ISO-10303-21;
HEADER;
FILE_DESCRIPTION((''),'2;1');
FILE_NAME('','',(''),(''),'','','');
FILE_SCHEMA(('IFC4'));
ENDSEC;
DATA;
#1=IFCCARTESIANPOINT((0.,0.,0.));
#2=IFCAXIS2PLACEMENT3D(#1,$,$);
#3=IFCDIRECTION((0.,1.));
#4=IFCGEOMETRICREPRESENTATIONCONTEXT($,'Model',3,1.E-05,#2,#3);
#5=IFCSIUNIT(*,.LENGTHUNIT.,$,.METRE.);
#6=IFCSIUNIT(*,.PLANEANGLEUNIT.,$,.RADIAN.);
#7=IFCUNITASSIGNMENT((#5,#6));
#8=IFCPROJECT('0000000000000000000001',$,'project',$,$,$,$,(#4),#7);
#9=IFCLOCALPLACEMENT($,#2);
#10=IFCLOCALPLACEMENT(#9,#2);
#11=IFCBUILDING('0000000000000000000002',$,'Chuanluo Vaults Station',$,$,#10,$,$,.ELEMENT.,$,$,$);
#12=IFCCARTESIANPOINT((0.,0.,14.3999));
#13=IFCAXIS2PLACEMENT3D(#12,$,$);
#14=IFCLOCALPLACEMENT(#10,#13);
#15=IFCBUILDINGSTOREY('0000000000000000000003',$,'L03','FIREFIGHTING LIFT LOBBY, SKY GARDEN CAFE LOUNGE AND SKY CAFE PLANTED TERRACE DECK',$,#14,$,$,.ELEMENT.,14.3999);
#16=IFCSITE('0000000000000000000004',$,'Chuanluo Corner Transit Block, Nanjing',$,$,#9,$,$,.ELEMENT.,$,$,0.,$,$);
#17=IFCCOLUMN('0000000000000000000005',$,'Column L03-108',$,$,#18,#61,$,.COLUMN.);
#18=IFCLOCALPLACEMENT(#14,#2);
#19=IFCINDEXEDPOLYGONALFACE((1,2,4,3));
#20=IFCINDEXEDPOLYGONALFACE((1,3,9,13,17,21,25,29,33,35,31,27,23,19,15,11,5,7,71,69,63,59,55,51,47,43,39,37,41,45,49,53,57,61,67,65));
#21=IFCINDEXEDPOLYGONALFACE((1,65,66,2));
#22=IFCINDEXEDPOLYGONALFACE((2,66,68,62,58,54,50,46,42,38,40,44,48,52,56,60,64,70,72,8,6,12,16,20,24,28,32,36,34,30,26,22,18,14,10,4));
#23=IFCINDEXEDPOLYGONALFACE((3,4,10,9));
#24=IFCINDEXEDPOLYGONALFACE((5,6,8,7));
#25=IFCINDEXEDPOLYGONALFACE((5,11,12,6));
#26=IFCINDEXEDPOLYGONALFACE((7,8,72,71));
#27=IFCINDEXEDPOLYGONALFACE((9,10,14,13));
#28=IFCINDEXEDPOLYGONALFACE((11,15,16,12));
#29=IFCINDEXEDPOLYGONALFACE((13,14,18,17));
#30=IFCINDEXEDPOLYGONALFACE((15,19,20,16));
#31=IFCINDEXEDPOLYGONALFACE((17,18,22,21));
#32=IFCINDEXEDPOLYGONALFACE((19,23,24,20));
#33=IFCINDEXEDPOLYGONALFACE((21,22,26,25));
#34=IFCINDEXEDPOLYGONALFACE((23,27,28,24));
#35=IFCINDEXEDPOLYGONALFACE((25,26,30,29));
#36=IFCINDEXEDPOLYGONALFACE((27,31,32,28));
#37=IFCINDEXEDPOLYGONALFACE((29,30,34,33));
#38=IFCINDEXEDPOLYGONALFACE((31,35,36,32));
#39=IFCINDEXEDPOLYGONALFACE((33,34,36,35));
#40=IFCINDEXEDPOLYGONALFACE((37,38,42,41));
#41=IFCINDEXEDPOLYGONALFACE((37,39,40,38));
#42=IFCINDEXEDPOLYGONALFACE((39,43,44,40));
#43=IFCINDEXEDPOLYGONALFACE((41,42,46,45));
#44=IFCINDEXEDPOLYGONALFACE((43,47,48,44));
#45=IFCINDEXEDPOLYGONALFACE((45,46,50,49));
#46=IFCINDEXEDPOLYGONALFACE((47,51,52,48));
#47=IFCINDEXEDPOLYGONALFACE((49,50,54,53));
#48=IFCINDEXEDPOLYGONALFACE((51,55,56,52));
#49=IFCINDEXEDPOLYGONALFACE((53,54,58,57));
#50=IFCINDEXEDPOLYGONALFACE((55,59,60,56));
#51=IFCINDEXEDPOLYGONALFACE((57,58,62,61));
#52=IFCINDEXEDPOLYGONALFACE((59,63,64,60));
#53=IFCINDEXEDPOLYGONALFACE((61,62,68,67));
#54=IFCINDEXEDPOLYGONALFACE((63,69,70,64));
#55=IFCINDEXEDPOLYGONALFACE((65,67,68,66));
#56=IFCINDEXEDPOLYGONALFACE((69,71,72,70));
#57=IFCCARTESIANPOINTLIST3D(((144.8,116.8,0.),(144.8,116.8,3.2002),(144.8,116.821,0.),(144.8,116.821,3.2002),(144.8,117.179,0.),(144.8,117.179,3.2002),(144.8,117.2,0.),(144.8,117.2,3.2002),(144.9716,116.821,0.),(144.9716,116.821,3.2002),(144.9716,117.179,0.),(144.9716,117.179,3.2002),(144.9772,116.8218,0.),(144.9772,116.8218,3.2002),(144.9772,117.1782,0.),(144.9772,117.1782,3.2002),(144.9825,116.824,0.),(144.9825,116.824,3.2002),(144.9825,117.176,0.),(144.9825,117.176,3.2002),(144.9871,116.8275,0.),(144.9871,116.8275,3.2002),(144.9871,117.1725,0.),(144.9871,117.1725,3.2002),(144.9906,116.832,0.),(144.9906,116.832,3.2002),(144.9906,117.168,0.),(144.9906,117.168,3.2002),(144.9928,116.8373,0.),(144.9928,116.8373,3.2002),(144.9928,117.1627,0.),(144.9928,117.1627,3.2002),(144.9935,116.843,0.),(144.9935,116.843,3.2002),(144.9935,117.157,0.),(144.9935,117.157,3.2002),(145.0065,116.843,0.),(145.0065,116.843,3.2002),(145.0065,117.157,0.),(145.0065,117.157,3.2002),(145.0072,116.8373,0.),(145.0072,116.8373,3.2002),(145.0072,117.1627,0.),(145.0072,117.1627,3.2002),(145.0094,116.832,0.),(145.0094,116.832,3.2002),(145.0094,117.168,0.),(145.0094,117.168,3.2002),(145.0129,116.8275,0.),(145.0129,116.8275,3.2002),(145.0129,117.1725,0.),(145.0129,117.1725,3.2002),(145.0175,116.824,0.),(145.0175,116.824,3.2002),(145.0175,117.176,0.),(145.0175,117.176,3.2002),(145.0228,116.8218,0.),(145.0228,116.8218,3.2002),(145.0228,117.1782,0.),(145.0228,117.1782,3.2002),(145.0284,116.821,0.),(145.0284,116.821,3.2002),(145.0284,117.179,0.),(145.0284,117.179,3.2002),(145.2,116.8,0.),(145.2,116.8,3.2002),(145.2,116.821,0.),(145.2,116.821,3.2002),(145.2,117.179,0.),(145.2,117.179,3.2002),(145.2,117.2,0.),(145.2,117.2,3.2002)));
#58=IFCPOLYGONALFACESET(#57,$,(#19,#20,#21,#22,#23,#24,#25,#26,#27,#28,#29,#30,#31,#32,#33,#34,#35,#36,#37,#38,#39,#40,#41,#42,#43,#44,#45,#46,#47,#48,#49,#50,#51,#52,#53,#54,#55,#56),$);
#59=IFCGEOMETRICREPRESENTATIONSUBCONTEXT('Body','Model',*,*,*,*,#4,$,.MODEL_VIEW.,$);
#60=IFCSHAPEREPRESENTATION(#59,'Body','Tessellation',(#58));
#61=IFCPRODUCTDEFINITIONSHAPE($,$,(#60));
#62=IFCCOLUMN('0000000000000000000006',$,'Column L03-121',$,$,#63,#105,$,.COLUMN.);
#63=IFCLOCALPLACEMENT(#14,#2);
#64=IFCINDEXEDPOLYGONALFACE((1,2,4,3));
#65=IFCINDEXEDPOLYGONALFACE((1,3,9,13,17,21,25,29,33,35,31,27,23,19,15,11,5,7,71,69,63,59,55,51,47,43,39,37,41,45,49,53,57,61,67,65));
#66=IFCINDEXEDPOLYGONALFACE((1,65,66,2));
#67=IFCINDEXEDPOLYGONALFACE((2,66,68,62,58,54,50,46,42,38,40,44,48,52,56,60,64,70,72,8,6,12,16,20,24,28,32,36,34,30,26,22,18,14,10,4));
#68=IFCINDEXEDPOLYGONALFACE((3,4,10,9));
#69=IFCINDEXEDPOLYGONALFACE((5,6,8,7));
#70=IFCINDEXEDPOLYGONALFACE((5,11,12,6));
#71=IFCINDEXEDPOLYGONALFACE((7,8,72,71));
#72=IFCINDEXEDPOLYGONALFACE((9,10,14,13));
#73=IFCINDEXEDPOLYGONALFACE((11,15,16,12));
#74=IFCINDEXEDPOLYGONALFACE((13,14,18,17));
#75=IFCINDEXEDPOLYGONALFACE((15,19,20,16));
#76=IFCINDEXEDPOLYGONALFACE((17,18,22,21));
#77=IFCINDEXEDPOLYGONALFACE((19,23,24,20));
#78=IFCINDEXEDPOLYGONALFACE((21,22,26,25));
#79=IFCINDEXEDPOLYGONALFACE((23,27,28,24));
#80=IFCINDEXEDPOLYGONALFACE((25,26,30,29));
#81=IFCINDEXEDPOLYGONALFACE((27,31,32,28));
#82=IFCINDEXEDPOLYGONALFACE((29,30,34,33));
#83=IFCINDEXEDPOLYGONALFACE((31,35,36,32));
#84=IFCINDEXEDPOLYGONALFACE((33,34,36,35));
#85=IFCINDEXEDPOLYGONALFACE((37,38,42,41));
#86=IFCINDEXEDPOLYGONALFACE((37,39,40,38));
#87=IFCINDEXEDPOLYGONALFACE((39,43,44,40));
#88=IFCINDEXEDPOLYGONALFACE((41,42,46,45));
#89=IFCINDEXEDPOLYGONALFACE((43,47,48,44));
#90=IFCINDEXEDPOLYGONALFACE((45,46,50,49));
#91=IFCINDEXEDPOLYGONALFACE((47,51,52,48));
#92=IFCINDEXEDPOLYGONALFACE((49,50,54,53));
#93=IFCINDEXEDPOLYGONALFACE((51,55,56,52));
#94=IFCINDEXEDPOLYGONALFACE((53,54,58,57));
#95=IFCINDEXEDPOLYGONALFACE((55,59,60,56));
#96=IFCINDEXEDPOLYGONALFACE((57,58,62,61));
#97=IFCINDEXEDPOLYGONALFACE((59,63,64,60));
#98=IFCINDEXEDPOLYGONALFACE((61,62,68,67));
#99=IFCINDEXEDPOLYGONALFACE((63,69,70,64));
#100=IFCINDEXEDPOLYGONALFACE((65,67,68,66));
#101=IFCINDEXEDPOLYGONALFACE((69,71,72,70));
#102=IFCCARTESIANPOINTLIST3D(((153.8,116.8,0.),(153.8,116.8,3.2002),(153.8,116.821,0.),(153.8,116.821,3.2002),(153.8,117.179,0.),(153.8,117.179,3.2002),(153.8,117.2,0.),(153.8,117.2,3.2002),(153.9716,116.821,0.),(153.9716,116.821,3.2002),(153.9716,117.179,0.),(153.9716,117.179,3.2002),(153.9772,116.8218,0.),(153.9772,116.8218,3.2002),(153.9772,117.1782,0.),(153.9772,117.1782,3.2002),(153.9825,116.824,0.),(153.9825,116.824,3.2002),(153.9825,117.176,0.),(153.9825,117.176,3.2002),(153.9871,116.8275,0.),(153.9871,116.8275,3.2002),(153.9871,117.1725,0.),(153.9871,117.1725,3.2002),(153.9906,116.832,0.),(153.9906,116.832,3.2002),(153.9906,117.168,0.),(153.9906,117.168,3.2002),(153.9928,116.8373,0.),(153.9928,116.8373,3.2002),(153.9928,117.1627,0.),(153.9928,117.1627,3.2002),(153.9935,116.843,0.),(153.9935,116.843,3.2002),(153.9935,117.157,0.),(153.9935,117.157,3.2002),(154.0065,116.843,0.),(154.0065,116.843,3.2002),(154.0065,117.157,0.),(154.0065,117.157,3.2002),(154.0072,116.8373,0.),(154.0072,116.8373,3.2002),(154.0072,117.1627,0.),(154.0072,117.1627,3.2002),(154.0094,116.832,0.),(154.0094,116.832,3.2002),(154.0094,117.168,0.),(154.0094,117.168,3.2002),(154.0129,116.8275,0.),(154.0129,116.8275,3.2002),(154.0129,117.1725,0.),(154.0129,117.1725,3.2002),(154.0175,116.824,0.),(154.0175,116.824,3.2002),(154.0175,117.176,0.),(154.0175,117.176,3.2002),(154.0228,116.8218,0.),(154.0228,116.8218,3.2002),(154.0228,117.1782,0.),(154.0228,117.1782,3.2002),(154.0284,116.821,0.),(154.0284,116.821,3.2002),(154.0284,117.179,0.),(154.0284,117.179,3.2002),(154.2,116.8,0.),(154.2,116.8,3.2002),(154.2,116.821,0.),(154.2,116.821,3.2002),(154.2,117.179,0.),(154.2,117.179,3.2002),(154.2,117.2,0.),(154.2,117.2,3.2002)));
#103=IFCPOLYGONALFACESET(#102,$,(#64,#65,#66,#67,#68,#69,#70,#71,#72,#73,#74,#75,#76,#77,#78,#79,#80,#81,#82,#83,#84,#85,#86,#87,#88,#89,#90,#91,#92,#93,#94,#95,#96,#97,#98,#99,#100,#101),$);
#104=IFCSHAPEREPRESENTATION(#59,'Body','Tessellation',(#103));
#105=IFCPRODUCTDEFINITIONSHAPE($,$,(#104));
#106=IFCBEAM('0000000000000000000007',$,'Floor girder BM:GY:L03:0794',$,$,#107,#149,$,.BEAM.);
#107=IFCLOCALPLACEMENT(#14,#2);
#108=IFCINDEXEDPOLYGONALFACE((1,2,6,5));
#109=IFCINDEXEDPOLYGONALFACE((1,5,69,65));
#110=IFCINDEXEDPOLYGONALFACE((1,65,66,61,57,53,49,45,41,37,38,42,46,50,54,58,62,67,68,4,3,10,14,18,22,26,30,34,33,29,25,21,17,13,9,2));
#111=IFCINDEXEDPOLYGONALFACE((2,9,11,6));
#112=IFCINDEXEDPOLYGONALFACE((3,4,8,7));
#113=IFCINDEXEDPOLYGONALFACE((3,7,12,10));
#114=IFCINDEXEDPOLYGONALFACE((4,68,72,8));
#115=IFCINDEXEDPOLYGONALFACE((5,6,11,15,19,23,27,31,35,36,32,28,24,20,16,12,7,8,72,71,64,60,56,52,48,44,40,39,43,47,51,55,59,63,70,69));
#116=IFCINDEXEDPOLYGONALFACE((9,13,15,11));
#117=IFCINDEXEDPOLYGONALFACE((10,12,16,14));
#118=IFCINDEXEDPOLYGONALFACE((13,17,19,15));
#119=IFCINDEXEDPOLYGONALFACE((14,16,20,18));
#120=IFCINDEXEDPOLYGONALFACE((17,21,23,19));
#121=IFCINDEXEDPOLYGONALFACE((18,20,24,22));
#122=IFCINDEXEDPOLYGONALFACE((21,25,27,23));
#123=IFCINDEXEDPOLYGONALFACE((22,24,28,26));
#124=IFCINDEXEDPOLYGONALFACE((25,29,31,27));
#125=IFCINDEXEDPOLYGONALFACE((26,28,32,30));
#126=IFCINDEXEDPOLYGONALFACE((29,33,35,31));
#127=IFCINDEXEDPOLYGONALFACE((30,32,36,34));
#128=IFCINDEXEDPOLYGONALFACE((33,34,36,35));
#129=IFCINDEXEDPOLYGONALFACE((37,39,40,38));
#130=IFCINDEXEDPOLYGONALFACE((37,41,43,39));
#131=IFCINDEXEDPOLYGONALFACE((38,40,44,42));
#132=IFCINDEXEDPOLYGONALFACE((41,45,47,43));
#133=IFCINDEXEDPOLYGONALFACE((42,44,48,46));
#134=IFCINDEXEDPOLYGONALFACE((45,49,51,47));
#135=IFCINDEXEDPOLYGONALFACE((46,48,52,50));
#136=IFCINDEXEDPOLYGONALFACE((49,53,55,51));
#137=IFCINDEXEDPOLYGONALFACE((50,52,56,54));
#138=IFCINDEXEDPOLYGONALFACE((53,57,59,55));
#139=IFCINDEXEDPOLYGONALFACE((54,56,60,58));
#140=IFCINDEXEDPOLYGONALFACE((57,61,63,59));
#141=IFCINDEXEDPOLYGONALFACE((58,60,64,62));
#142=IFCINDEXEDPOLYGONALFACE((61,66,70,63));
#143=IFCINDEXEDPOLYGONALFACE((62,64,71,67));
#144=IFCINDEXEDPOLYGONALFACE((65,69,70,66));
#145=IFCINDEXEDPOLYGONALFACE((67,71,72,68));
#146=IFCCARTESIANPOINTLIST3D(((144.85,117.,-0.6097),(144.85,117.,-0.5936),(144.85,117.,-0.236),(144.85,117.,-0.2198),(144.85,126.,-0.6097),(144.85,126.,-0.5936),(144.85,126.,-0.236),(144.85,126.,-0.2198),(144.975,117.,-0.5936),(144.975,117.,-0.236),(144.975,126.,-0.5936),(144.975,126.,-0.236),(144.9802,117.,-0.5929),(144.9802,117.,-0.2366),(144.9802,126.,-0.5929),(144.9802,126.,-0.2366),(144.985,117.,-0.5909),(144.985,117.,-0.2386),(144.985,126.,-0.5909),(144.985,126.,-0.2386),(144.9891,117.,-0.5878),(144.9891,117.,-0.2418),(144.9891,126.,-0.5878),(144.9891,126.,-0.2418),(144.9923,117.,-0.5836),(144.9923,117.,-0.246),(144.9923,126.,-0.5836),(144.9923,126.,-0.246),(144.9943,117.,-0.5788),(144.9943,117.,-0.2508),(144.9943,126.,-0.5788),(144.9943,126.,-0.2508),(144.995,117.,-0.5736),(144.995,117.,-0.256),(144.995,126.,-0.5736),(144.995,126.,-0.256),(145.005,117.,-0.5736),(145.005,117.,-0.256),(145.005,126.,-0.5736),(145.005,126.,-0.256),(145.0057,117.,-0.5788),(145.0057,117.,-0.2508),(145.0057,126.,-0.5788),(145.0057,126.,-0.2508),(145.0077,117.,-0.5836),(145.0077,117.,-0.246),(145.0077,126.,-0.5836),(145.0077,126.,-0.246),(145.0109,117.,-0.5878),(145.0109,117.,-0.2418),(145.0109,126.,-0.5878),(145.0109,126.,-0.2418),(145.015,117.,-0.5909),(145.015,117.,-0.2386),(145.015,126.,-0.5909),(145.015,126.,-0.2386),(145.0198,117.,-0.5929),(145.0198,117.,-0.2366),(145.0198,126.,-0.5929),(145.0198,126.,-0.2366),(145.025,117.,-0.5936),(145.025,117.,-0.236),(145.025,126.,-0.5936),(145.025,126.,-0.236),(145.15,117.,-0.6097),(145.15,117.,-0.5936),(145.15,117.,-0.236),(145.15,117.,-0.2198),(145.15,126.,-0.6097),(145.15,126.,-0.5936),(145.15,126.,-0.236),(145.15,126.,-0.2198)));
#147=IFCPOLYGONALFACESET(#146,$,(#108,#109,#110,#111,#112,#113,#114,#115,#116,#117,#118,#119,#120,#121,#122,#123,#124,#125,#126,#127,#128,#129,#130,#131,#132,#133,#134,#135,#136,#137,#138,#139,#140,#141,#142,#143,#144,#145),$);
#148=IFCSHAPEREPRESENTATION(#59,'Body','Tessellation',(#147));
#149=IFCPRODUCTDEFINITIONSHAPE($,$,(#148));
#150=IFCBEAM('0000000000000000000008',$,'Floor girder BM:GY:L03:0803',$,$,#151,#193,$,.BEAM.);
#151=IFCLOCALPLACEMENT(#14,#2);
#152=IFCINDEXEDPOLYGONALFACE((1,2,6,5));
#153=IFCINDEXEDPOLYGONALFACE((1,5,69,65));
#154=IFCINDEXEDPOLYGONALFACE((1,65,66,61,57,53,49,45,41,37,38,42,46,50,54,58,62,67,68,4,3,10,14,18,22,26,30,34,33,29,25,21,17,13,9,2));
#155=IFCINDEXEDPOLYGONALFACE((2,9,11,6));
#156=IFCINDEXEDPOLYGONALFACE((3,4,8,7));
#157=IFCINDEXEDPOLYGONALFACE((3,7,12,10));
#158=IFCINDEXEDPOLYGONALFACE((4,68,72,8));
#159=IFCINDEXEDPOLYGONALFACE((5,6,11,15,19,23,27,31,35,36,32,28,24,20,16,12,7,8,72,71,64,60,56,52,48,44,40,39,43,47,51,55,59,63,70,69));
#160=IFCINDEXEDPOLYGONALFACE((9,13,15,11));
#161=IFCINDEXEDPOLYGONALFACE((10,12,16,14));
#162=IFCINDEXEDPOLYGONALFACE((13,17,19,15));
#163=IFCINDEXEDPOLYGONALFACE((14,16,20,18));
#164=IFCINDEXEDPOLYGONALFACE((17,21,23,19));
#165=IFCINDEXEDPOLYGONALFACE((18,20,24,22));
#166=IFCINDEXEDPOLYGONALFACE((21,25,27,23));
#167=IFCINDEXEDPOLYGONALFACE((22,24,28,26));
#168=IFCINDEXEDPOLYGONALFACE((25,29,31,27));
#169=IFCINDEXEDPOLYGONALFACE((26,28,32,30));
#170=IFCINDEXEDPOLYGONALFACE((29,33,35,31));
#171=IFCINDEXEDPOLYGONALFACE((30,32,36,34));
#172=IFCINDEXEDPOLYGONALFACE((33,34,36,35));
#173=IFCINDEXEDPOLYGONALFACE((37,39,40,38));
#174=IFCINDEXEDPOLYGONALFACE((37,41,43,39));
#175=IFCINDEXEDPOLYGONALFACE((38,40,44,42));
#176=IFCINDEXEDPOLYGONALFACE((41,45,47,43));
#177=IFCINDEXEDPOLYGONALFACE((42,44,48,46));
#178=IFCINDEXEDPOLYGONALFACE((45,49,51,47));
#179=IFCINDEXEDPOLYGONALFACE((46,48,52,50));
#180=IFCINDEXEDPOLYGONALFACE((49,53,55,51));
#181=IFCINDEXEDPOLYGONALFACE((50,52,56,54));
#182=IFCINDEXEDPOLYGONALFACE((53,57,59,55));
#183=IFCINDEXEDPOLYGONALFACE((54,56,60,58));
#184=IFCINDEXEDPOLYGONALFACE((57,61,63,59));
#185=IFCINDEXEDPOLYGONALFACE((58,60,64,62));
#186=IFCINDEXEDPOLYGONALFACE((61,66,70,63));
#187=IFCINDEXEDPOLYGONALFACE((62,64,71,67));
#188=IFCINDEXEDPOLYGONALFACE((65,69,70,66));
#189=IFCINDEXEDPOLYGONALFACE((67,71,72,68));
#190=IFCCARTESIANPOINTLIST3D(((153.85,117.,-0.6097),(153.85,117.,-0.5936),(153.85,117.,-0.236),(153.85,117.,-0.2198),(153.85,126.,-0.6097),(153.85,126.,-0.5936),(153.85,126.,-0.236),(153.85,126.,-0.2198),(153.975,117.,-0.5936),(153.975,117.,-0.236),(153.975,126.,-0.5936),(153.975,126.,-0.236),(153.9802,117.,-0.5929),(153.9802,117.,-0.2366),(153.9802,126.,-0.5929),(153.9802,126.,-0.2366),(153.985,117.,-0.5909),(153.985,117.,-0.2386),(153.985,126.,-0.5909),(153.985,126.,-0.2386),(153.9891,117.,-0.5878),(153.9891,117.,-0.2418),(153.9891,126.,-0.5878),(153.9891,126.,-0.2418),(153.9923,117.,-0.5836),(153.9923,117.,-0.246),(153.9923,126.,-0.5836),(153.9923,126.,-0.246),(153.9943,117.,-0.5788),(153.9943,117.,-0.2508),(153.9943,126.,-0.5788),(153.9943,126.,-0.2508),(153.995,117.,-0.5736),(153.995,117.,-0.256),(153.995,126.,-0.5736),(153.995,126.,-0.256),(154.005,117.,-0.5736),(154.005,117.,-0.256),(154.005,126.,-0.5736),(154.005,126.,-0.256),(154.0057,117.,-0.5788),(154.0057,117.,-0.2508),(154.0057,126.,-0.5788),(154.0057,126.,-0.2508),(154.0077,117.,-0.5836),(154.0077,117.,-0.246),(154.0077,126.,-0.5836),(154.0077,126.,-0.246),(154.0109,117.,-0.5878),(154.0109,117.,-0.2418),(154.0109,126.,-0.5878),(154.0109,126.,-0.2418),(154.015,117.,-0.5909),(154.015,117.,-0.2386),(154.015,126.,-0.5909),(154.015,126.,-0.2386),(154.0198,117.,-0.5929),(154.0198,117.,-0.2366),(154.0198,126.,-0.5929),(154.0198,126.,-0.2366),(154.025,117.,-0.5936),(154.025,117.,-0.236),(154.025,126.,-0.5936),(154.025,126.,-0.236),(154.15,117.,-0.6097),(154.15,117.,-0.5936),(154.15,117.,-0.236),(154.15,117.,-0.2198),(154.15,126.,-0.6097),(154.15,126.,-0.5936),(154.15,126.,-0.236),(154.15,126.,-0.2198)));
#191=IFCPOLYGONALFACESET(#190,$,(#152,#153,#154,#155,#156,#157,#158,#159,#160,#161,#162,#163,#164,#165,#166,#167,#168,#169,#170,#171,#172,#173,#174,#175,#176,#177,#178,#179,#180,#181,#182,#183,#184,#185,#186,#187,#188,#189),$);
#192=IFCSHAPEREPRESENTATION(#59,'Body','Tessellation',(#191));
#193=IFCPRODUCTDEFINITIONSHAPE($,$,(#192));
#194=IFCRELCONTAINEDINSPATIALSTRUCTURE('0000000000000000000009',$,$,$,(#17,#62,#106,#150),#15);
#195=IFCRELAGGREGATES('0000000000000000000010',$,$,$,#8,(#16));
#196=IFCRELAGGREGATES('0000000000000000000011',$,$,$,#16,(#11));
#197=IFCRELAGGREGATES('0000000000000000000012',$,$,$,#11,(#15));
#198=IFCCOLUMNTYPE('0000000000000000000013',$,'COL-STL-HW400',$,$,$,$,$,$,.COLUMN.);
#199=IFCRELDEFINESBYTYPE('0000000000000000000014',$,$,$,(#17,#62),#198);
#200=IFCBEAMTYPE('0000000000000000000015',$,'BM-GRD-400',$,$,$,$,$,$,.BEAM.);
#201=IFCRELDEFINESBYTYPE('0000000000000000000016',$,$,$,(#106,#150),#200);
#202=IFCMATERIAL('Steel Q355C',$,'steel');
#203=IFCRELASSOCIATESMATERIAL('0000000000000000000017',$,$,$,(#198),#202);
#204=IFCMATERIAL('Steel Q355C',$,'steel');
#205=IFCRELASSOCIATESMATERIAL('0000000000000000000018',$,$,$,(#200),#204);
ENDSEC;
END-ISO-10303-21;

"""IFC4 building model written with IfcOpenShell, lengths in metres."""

from ifc_helpers import new_model, si_unit, direction, frame, origin, origin_2d, place, context, subcontext, project, spatial, i_section, extrude, material, material_profile, profile_set, type_object, element, save


model = new_model("IFC4")

# Units and contexts
model_context = context("Model", 3, precision=1e-05, world=origin(), true_north=direction((0.0, 1.0)))
body_context = subcontext(model_context, "Body", "Model", "MODEL_VIEW")
ifc_project = project(units=[si_unit("LENGTHUNIT", "METRE"), si_unit("PLANEANGLEUNIT", "RADIAN")], contexts=[model_context])

# Site, building, storey
site_placement = place(None, origin())
site = spatial("IfcSite", under=ifc_project, at=site_placement, Name="Chuanluo Corner Transit Block, Nanjing", CompositionType="ELEMENT", RefElevation=0.0)
building_placement = place(site_placement, origin())
building = spatial("IfcBuilding", under=site, at=building_placement, Name="Chuanluo Vaults Station", CompositionType="ELEMENT")
storey_placement = place(building_placement, frame((0.0, 0.0, 14.3999)))
storey = spatial("IfcBuildingStorey", under=building, at=storey_placement, Name="L03", Description="FIREFIGHTING LIFT LOBBY, SKY GARDEN CAFE LOUNGE AND SKY CAFE PLANTED TERRACE DECK", CompositionType="ELEMENT", Elevation=14.3999)

# Columns
ifc_material_1 = material(Name="Steel Q355C", Category="steel")
ifc_material_profile_1 = material_profile(ifc_material_1, i_section(OverallWidth=0.3999, OverallDepth=0.3999, WebThickness=0.0129, FlangeThickness=0.021, FilletRadius=0.022, at=origin_2d()))
ifc_profile_set_1 = profile_set([ifc_material_profile_1], Name="Steel Q355C")
column_type = type_object("IfcColumnType", Name="COL-STL-HW400", PredefinedType="COLUMN", material=ifc_profile_set_1)
for number, where, z_axis, x_axis, name in (
    (1, (145.0, 117.0, 0.0), (0.0, 0.0, 1.0), (1.0, 0.0, 0.0), "Column L03-108"),
    (2, (154.0, 117.0, 0.0), (0.0, 0.0, 1.0), (1.0, 0.0, 0.0), "Column L03-121"),
):
    element("IfcColumn", number, at=place(storey_placement, frame(where, z_axis=z_axis, x_axis=x_axis)), inside=storey, type_object=column_type, Name=name, PredefinedType="COLUMN", context=body_context, shape_type="SweptSolid", body=[
        extrude(i_section(OverallWidth=0.3999, OverallDepth=0.3999, WebThickness=0.0129, FlangeThickness=0.021, FilletRadius=0.022, at=origin_2d()), origin(), (0.0, 0.0, 1.0), 3.2002),
    ])

# Beams
ifc_material_2 = material(Name="Steel Q355C", Category="steel")
ifc_material_profile_2 = material_profile(ifc_material_2, i_section(OverallWidth=0.3, OverallDepth=0.3899, WebThickness=0.01, FlangeThickness=0.0161, FilletRadius=0.02, at=origin_2d()))
ifc_profile_set_2 = profile_set([ifc_material_profile_2], Name="Steel Q355C")
beam_type_1 = type_object("IfcBeamType", Name="BM-GRD-400", PredefinedType="BEAM", material=ifc_profile_set_2)
for number, where, z_axis, x_axis, name in (
    (3, (145.0, 117.0, -0.4148), (0.0, 1.0, 0.0), (-1.0, 0.0, 0.0), "Floor girder BM:GY:L03:0794"),
    (4, (154.0, 117.0, -0.4148), (0.0, 1.0, 0.0), (-1.0, 0.0, 0.0), "Floor girder BM:GY:L03:0803"),
):
    element("IfcBeam", number, at=place(storey_placement, frame(where, z_axis=z_axis, x_axis=x_axis)), inside=storey, type_object=beam_type_1, Name=name, PredefinedType="BEAM", context=body_context, shape_type="SweptSolid", body=[
        extrude(i_section(OverallWidth=0.3, OverallDepth=0.3899, WebThickness=0.01, FlangeThickness=0.0161, FilletRadius=0.02, at=origin_2d()), origin(), (0.0, 0.0, 1.0), 9.0),
    ])

save(model, "model.ifc")
